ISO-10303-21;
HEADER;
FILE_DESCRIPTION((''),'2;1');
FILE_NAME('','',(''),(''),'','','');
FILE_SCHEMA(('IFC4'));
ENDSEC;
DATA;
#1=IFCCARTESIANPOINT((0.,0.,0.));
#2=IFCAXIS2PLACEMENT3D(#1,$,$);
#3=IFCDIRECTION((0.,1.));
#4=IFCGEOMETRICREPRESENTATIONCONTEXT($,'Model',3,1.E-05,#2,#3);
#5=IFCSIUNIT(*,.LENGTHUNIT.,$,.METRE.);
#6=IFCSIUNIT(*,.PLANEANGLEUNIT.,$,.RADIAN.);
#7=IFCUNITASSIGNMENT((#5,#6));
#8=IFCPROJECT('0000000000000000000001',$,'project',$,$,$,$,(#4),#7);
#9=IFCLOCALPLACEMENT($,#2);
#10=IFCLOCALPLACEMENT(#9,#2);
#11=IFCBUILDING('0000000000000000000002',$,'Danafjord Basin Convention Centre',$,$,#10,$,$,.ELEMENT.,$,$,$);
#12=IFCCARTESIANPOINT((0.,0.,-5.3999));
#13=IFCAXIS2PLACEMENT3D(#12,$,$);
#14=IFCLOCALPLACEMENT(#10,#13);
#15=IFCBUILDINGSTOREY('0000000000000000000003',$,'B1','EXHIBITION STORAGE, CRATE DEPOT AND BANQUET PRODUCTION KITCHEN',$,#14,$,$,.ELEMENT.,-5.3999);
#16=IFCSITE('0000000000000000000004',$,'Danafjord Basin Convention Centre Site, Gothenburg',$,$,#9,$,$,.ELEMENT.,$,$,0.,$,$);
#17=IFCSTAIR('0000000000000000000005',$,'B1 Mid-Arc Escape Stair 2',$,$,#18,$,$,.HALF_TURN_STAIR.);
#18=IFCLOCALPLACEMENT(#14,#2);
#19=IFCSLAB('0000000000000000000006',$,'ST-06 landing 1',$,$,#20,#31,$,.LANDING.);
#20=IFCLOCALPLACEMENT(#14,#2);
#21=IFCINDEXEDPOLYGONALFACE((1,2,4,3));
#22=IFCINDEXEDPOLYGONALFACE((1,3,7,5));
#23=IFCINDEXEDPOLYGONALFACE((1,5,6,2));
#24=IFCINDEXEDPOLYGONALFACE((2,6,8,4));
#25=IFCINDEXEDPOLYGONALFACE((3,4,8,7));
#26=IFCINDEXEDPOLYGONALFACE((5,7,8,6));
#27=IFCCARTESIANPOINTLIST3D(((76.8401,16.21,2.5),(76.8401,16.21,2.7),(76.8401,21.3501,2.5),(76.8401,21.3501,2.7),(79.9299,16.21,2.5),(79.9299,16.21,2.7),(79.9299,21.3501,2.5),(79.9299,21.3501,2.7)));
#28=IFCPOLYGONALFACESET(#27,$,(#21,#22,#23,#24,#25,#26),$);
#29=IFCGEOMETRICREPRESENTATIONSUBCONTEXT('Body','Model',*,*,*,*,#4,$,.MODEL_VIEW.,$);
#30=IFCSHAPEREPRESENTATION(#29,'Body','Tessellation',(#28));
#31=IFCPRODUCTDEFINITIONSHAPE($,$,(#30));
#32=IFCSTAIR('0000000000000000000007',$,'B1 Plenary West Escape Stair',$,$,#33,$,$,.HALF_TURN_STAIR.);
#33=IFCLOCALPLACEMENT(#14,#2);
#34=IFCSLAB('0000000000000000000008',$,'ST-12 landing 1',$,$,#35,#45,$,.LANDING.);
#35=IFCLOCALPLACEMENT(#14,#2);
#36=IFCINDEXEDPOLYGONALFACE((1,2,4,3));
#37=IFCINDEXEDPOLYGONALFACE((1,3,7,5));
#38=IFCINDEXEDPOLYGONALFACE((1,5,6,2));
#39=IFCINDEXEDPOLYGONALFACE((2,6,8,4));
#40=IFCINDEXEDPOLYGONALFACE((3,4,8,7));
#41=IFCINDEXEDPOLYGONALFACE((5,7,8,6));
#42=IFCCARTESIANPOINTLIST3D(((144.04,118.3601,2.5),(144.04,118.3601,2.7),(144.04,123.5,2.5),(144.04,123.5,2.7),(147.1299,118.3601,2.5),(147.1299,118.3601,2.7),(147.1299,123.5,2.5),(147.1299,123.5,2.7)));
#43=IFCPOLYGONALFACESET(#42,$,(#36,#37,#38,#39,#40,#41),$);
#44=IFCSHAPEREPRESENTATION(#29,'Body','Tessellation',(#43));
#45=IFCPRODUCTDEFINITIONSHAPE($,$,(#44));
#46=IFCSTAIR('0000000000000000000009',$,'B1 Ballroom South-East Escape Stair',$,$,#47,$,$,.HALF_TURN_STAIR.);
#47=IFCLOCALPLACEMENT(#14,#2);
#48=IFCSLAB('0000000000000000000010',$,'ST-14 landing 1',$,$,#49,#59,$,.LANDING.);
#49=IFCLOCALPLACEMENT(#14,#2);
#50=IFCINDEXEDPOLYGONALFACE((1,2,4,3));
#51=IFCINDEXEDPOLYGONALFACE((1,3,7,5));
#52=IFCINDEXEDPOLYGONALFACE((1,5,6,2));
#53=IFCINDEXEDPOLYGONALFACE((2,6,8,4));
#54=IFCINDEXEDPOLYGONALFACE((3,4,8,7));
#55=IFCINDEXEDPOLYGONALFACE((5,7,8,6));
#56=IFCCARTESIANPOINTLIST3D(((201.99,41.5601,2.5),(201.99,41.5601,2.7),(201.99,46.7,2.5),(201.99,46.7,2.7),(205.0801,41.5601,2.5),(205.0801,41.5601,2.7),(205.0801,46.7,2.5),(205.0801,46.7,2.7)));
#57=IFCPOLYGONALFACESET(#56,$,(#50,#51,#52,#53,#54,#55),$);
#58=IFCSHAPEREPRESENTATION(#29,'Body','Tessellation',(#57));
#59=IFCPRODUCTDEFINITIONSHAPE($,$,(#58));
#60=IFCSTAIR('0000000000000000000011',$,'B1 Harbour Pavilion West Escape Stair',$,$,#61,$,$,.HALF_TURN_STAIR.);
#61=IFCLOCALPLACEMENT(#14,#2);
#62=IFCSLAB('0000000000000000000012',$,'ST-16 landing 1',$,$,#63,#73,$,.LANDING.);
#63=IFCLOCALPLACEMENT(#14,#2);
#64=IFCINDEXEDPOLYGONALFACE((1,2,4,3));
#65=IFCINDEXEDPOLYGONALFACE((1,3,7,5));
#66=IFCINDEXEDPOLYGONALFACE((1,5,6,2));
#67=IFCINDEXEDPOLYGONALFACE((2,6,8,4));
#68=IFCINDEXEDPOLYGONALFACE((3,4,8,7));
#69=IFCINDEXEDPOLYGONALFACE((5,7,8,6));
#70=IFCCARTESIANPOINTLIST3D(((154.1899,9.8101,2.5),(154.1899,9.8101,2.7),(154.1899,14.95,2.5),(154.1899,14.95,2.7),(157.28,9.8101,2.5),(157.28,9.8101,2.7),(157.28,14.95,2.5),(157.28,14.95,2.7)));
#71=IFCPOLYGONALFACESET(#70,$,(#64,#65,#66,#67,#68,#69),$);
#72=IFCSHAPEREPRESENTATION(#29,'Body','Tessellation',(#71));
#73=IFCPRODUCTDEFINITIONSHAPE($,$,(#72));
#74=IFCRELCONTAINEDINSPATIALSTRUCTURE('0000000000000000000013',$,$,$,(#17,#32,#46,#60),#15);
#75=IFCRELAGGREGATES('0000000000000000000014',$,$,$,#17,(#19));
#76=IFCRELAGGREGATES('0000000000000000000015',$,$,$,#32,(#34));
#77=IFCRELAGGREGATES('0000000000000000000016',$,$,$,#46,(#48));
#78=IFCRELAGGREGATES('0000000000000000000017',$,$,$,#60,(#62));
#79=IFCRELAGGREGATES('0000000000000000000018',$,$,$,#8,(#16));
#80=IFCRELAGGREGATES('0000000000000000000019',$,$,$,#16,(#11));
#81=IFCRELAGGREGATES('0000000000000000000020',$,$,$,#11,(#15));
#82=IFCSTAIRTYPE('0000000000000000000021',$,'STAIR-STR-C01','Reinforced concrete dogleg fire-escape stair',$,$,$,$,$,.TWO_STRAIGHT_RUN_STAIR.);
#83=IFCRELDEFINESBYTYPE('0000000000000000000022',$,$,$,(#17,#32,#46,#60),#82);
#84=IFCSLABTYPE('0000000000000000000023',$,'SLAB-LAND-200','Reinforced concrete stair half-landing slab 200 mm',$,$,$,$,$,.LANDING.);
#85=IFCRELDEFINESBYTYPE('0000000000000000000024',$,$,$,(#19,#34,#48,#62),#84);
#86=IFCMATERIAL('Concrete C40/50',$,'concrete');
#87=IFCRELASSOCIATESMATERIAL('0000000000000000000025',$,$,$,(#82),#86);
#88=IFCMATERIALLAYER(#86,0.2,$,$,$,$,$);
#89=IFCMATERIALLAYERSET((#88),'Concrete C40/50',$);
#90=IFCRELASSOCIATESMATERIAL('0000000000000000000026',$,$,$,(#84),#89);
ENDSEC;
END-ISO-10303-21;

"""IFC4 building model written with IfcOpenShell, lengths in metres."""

from ifc_helpers import new_model, si_unit, direction, frame, origin, place, context, subcontext, project, spatial, polyline, outline, extrude, material, layer, layer_set, type_object, element, aggregate, save


model = new_model("IFC4")

# Units and contexts
model_context = context("Model", 3, precision=1e-05, world=origin(), true_north=direction((0.0, 1.0)))
body_context = subcontext(model_context, "Body", "Model", "MODEL_VIEW")
ifc_project = project(units=[si_unit("LENGTHUNIT", "METRE"), si_unit("PLANEANGLEUNIT", "RADIAN")], contexts=[model_context])

# Site, building, storey
site_placement = place(None, origin())
site = spatial("IfcSite", under=ifc_project, at=site_placement, Name="Danafjord Basin Convention Centre Site, Gothenburg", CompositionType="ELEMENT", RefElevation=0.0)
building_placement = place(site_placement, origin())
building = spatial("IfcBuilding", under=site, at=building_placement, Name="Danafjord Basin Convention Centre", CompositionType="ELEMENT")
storey_placement = place(building_placement, frame((0.0, 0.0, -5.3999)))
storey = spatial("IfcBuildingStorey", under=building, at=storey_placement, Name="B1", Description="EXHIBITION STORAGE, CRATE DEPOT AND BANQUET PRODUCTION KITCHEN", CompositionType="ELEMENT", Elevation=-5.3999)

# Shared definitions
ifc_material_1 = material(Name="Concrete C40/50", Category="concrete")

# Stairs, slabs
stair_type = type_object("IfcStairType", Name="STAIR-STR-C01", Description="Reinforced concrete dogleg fire-escape stair", PredefinedType="TWO_STRAIGHT_RUN_STAIR", material=ifc_material_1)
ifc_layer_1 = layer(ifc_material_1, 0.2)
ifc_layer_set_1 = layer_set([ifc_layer_1], Name="Concrete C40/50")
slab_type_1 = type_object("IfcSlabType", Name="SLAB-LAND-200", Description="Reinforced concrete stair half-landing slab 200 mm", PredefinedType="LANDING", material=ifc_layer_set_1)
stair_1_placement = place(storey_placement, origin())
stair_1 = element("IfcStair", 1, at=stair_1_placement, inside=storey, type_object=stair_type, Name="B1 Mid-Arc Escape Stair 2", PredefinedType="HALF_TURN_STAIR")
slab_1_placement = place(storey_placement, frame((0.0, 0.0, 2.5)))
slab_1 = element("IfcSlab", 2, at=slab_1_placement, type_object=slab_type_1, Name="ST-06 landing 1", PredefinedType="LANDING", context=body_context, shape_type="SweptSolid", body=[
    extrude(outline(polyline([(76.8401, 16.21), (79.9299, 16.21), (79.9299, 21.3501), (76.8401, 21.3501), (76.8401, 16.21)])), origin(), (0.0, 0.0, 1.0), 0.2),
])
aggregate(stair_1, [slab_1])
stair_2_placement = place(storey_placement, origin())
stair_2 = element("IfcStair", 3, at=stair_2_placement, inside=storey, type_object=stair_type, Name="B1 Plenary West Escape Stair", PredefinedType="HALF_TURN_STAIR")
slab_2_placement = place(storey_placement, frame((0.0, 0.0, 2.5)))
slab_2 = element("IfcSlab", 4, at=slab_2_placement, type_object=slab_type_1, Name="ST-12 landing 1", PredefinedType="LANDING", context=body_context, shape_type="SweptSolid", body=[
    extrude(outline(polyline([(144.04, 118.3601), (147.1299, 118.3601), (147.1299, 123.5), (144.04, 123.5), (144.04, 118.3601)])), origin(), (0.0, 0.0, 1.0), 0.2),
])
aggregate(stair_2, [slab_2])
stair_3_placement = place(storey_placement, origin())
stair_3 = element("IfcStair", 5, at=stair_3_placement, inside=storey, type_object=stair_type, Name="B1 Ballroom South-East Escape Stair", PredefinedType="HALF_TURN_STAIR")
slab_3_placement = place(storey_placement, frame((0.0, 0.0, 2.5)))
slab_3 = element("IfcSlab", 6, at=slab_3_placement, type_object=slab_type_1, Name="ST-14 landing 1", PredefinedType="LANDING", context=body_context, shape_type="SweptSolid", body=[
    extrude(outline(polyline([(201.99, 41.5601), (205.0801, 41.5601), (205.0801, 46.7), (201.99, 46.7), (201.99, 41.5601)])), origin(), (0.0, 0.0, 1.0), 0.2),
])
aggregate(stair_3, [slab_3])
stair_4_placement = place(storey_placement, origin())
stair_4 = element("IfcStair", 7, at=stair_4_placement, inside=storey, type_object=stair_type, Name="B1 Harbour Pavilion West Escape Stair", PredefinedType="HALF_TURN_STAIR")
slab_4_placement = place(storey_placement, frame((0.0, 0.0, 2.5)))
slab_4 = element("IfcSlab", 8, at=slab_4_placement, type_object=slab_type_1, Name="ST-16 landing 1", PredefinedType="LANDING", context=body_context, shape_type="SweptSolid", body=[
    extrude(outline(polyline([(154.1899, 9.8101), (157.28, 9.8101), (157.28, 14.95), (154.1899, 14.95), (154.1899, 9.8101)])), origin(), (0.0, 0.0, 1.0), 0.2),
])
aggregate(stair_4, [slab_4])

save(model, "model.ifc")
